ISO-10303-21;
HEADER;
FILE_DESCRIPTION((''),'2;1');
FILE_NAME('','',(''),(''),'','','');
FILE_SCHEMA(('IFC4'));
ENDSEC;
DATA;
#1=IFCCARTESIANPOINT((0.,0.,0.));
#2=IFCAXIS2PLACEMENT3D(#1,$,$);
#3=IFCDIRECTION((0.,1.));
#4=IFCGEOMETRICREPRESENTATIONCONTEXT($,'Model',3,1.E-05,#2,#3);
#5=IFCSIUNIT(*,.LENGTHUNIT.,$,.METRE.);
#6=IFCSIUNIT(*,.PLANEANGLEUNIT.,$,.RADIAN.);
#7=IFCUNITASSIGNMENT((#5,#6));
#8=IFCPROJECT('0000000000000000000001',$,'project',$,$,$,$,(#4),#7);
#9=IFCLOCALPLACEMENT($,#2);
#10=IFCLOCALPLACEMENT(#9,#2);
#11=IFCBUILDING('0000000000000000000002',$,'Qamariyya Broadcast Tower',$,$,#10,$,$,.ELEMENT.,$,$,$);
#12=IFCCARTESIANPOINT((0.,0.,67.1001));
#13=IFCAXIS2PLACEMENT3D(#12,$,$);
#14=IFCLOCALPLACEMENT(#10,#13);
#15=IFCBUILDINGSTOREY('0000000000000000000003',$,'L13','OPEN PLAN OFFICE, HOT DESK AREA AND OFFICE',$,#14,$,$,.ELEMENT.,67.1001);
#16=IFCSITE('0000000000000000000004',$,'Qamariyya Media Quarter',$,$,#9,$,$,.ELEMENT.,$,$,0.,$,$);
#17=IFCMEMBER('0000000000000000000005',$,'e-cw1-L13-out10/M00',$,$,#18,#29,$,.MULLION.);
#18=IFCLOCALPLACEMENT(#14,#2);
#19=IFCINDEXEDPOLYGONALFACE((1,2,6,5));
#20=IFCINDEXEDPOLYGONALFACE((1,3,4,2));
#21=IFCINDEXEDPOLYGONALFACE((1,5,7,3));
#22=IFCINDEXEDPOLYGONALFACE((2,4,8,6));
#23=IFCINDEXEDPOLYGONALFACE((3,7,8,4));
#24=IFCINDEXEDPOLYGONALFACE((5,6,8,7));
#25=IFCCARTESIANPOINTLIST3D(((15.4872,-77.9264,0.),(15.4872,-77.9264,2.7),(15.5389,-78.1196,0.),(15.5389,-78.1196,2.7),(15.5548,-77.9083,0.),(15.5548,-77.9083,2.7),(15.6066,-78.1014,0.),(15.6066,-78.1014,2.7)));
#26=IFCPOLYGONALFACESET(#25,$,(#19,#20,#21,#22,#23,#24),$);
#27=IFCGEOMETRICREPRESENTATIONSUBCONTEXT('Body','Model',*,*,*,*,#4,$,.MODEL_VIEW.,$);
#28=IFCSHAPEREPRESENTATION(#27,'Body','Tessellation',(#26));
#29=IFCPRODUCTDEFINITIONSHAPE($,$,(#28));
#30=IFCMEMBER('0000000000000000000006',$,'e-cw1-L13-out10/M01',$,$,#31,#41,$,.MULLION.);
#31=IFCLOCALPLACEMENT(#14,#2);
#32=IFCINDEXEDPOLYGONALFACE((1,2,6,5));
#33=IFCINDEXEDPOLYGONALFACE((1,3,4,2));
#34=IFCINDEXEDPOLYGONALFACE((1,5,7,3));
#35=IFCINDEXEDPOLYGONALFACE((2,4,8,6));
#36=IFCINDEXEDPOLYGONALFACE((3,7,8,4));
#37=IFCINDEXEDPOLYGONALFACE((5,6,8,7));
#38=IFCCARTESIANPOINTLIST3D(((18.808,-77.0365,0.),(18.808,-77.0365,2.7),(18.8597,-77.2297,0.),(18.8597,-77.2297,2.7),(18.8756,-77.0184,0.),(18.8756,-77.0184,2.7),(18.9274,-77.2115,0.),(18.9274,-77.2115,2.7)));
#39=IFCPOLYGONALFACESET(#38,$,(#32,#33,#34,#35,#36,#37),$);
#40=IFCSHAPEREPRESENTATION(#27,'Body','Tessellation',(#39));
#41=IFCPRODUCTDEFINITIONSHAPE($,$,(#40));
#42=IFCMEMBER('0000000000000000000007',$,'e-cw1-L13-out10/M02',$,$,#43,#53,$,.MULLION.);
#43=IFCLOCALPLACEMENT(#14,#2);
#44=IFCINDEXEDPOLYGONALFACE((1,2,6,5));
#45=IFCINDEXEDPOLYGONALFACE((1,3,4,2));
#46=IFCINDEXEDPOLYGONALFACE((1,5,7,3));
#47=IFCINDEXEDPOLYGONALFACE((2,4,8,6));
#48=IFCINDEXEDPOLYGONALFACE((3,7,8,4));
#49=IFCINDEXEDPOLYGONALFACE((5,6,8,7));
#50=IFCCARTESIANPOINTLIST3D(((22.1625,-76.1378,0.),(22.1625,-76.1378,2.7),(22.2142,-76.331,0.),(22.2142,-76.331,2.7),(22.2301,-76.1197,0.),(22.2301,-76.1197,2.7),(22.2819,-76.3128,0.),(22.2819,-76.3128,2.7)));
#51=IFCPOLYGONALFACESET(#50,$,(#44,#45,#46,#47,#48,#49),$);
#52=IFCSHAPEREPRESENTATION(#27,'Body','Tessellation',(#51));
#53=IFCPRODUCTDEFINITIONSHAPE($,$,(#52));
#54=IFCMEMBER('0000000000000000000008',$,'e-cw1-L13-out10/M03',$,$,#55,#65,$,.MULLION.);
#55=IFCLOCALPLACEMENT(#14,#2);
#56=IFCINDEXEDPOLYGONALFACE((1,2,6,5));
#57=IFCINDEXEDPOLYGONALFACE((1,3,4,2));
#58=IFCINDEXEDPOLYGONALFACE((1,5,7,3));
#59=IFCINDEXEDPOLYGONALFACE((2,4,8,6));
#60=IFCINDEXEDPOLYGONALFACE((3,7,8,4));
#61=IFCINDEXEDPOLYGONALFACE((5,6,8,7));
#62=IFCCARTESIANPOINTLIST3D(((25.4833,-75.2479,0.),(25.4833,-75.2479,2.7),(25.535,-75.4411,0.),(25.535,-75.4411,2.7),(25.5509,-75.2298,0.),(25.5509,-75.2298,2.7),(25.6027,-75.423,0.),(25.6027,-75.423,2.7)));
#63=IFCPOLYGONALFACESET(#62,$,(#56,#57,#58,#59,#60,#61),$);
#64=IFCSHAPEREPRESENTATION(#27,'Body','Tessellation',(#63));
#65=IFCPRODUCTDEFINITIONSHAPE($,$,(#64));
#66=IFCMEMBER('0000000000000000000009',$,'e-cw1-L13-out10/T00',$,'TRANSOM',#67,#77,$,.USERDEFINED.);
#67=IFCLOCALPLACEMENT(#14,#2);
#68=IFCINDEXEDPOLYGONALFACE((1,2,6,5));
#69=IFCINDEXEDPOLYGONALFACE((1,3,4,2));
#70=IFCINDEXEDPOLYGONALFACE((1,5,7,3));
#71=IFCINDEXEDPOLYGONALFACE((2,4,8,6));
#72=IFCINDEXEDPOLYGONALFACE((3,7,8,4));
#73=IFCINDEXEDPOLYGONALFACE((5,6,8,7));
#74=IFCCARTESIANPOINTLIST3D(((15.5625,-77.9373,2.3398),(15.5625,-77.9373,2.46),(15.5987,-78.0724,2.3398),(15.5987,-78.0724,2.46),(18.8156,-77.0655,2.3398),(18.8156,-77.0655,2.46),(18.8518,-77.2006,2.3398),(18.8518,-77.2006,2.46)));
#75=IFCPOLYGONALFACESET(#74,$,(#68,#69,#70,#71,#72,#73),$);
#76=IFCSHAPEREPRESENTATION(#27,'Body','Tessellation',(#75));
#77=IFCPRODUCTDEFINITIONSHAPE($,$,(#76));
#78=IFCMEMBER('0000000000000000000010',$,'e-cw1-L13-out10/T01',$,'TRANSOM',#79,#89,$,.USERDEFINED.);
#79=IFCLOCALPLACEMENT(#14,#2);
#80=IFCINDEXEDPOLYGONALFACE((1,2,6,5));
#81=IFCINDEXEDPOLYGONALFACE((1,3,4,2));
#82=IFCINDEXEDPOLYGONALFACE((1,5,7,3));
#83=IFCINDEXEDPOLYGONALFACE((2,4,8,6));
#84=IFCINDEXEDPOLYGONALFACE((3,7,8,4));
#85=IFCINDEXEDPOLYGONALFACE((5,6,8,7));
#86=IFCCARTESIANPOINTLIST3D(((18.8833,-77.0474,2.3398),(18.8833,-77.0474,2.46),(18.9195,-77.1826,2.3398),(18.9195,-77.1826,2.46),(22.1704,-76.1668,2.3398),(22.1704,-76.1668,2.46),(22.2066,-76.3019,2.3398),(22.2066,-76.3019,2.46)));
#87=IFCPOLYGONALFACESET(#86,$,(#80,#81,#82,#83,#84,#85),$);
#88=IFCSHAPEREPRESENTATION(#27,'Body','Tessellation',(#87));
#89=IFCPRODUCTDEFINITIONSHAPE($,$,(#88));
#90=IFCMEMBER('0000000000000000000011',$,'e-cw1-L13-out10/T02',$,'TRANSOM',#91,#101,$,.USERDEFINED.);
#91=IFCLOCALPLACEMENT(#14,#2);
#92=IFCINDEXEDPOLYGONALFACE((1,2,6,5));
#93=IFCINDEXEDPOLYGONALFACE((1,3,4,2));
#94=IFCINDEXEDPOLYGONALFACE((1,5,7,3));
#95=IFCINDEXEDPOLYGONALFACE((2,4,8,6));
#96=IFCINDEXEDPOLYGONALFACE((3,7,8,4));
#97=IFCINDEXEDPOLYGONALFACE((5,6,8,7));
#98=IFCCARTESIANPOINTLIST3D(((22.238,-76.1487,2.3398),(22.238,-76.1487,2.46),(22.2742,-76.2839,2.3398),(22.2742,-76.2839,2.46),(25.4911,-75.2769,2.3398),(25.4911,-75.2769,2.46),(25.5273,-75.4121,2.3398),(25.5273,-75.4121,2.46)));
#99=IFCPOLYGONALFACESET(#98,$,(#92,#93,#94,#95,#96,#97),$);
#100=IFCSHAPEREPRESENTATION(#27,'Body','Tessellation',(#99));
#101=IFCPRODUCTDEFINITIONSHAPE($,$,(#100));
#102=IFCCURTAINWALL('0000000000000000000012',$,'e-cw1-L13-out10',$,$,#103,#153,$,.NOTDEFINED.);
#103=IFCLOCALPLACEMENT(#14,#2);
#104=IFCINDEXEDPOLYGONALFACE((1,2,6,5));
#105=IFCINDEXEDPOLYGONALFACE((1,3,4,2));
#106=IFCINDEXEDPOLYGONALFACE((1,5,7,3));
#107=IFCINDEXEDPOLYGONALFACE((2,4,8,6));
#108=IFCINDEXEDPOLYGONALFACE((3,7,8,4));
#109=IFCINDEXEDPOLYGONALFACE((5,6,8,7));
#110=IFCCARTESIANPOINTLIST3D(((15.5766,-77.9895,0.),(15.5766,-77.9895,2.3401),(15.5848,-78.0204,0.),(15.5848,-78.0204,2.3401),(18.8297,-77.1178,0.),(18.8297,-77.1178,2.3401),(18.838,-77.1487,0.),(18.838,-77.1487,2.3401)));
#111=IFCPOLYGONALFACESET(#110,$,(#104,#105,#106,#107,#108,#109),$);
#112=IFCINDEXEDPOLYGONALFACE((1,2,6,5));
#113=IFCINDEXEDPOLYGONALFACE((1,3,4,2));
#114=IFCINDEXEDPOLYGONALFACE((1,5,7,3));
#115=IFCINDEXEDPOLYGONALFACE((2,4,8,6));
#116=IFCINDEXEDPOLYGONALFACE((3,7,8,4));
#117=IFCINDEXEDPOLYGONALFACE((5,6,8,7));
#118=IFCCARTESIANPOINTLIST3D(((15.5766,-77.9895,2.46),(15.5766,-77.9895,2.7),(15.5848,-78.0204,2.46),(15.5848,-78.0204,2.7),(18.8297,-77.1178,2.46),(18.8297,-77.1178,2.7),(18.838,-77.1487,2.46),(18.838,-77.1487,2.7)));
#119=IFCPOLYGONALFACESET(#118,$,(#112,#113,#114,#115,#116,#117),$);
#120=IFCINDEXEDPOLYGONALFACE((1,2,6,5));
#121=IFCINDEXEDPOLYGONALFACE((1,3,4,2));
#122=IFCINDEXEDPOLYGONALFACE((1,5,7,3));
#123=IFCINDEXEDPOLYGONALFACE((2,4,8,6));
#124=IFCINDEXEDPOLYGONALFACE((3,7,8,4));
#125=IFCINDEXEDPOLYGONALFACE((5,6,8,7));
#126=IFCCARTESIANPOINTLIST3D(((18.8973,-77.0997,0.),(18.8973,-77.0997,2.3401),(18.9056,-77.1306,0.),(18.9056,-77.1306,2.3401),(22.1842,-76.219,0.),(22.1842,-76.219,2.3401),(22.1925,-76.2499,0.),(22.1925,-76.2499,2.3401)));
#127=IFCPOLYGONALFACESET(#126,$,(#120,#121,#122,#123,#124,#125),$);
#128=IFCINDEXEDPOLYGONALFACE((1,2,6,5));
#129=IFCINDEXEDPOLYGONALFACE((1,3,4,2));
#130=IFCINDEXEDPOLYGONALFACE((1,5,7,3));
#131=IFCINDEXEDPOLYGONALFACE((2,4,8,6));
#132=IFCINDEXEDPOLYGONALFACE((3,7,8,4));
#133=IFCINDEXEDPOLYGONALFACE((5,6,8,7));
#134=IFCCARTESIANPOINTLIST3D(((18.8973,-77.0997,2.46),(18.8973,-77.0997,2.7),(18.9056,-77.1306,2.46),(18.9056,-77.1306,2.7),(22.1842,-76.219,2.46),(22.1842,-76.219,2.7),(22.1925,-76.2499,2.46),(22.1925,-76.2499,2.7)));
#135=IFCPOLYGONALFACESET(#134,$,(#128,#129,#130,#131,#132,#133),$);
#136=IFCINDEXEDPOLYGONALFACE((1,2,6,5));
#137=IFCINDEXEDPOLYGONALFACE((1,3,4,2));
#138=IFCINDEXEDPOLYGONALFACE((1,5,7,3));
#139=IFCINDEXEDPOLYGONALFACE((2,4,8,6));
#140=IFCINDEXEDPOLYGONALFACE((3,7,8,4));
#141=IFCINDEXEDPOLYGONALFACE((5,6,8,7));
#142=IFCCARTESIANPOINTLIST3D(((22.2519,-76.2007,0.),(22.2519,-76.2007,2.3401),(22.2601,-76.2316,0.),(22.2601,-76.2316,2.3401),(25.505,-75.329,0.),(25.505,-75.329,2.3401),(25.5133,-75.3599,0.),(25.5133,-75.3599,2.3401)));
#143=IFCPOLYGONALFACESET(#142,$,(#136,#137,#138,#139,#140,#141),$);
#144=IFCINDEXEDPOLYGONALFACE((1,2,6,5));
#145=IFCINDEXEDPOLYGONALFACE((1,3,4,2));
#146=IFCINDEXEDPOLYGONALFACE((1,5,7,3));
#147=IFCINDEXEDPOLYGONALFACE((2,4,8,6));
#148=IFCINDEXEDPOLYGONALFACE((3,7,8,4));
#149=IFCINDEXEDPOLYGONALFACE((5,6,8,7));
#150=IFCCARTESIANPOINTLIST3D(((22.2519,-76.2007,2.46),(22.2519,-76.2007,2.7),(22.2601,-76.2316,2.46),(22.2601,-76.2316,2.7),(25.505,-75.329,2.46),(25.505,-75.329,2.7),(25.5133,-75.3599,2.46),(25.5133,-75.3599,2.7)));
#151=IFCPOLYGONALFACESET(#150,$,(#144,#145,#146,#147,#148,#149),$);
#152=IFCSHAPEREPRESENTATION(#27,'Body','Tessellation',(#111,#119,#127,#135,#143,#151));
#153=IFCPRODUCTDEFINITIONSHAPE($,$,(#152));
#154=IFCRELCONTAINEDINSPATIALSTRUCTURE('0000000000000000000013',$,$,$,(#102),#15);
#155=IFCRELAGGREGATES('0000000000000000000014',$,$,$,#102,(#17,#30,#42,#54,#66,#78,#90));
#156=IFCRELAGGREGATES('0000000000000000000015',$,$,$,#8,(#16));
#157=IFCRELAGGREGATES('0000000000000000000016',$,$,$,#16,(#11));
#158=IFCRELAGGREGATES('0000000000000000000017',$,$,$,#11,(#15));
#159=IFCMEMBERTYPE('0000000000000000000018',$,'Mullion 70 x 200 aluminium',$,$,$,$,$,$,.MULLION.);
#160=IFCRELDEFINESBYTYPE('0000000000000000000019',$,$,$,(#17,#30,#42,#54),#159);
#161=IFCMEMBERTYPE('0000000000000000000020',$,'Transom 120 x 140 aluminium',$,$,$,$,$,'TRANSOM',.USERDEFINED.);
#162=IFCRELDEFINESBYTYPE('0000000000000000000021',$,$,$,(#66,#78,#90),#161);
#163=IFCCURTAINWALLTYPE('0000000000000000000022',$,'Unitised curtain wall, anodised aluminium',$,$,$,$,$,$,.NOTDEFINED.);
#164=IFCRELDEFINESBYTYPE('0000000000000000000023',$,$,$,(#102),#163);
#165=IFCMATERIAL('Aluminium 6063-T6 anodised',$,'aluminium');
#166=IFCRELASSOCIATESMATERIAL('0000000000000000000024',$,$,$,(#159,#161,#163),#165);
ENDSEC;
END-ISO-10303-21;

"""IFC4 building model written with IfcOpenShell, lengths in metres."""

from ifc_helpers import new_model, si_unit, direction, frame, origin, origin_2d, place, context, subcontext, project, spatial, rectangle, extrude, material, material_profile, profile_set, type_object, element, aggregate, save


model = new_model("IFC4")

# Units and contexts
model_context = context("Model", 3, precision=1e-05, world=origin(), true_north=direction((0.0, 1.0)))
body_context = subcontext(model_context, "Body", "Model", "MODEL_VIEW")
ifc_project = project(units=[si_unit("LENGTHUNIT", "METRE"), si_unit("PLANEANGLEUNIT", "RADIAN")], contexts=[model_context])

# Members
ifc_material = material(Name="Aluminium 6063-T6 anodised", Category="aluminium")
ifc_material_profile_1 = material_profile(ifc_material, rectangle(XDim=0.2, YDim=0.0701, at=origin_2d()))
ifc_profile_set_1 = profile_set([ifc_material_profile_1], Name="Aluminium 6063-T6 anodised")
member_type_1 = type_object("IfcMemberType", Name="Mullion 70 x 200 aluminium", PredefinedType="MULLION", material=ifc_profile_set_1)
site_placement = place(None, origin())
building_placement = place(site_placement, origin())
storey_placement = place(building_placement, frame((0.0, 0.0, 67.1001)))
member_1_placement = place(storey_placement, frame((15.5469, -78.0139, 0.0), z_axis=(0.0, 0.0, 1.0), x_axis=(-0.258819, 0.965926, 0.0)))
member_1 = element("IfcMember", 1, at=member_1_placement, type_object=member_type_1, Name="e-cw1-L13-out10/M00", PredefinedType="MULLION", context=body_context, shape_type="SweptSolid", body=[
    extrude(rectangle(XDim=0.2, YDim=0.0701, at=origin_2d()), origin(), (0.0, 0.0, 1.0), 2.7),
])
member_2_placement = place(storey_placement, frame((18.8677, -77.124, 0.0), z_axis=(0.0, 0.0, 1.0), x_axis=(-0.258819, 0.965926, 0.0)))
member_2 = element("IfcMember", 2, at=member_2_placement, type_object=member_type_1, Name="e-cw1-L13-out10/M01", PredefinedType="MULLION", context=body_context, shape_type="SweptSolid", body=[
    extrude(rectangle(XDim=0.2, YDim=0.0701, at=origin_2d()), origin(), (0.0, 0.0, 1.0), 2.7),
])
member_3_placement = place(storey_placement, frame((22.2222, -76.2253, 0.0), z_axis=(0.0, 0.0, 1.0), x_axis=(-0.258819, 0.965926, 0.0)))
member_3 = element("IfcMember", 3, at=member_3_placement, type_object=member_type_1, Name="e-cw1-L13-out10/M02", PredefinedType="MULLION", context=body_context, shape_type="SweptSolid", body=[
    extrude(rectangle(XDim=0.2, YDim=0.0701, at=origin_2d()), origin(), (0.0, 0.0, 1.0), 2.7),
])
member_4_placement = place(storey_placement, frame((25.543, -75.3354, 0.0), z_axis=(0.0, 0.0, 1.0), x_axis=(-0.258819, 0.965926, 0.0)))
member_4 = element("IfcMember", 4, at=member_4_placement, type_object=member_type_1, Name="e-cw1-L13-out10/M03", PredefinedType="MULLION", context=body_context, shape_type="SweptSolid", body=[
    extrude(rectangle(XDim=0.2, YDim=0.0701, at=origin_2d()), origin(), (0.0, 0.0, 1.0), 2.7),
])
ifc_material_profile_2 = material_profile(ifc_material, rectangle(XDim=0.1399, YDim=0.1201, at=origin_2d()))
ifc_profile_set_2 = profile_set([ifc_material_profile_2], Name="Aluminium 6063-T6 anodised")
member_type_2 = type_object("IfcMemberType", Name="Transom 120 x 140 aluminium", ElementType="TRANSOM", PredefinedType="USERDEFINED", material=ifc_profile_set_2)
member_5_placement = place(storey_placement, frame((15.5806, -78.0049, 2.3999), z_axis=(0.965915, 0.258858, 0.0), x_axis=(-0.258858, 0.965915, 0.0)))
member_5 = element("IfcMember", 5, at=member_5_placement, type_object=member_type_2, Name="e-cw1-L13-out10/T00", ObjectType="TRANSOM", PredefinedType="USERDEFINED", context=body_context, shape_type="SweptSolid", body=[
    extrude(rectangle(XDim=0.1399, YDim=0.1201, at=origin_2d()), origin(), (0.0, 0.0, 1.0), 3.3679),
])
member_6_placement = place(storey_placement, frame((18.9014, -77.115, 2.3999), z_axis=(0.965938, 0.258774, 0.0), x_axis=(-0.258774, 0.965938, 0.0)))
member_6 = element("IfcMember", 6, at=member_6_placement, type_object=member_type_2, Name="e-cw1-L13-out10/T01", ObjectType="TRANSOM", PredefinedType="USERDEFINED", context=body_context, shape_type="SweptSolid", body=[
    extrude(rectangle(XDim=0.1399, YDim=0.1201, at=origin_2d()), origin(), (0.0, 0.0, 1.0), 3.4031),
])
member_7_placement = place(storey_placement, frame((22.2561, -76.2163, 2.3999), z_axis=(0.965915, 0.258858, 0.0), x_axis=(-0.258858, 0.965915, 0.0)))
member_7 = element("IfcMember", 7, at=member_7_placement, type_object=member_type_2, Name="e-cw1-L13-out10/T02", ObjectType="TRANSOM", PredefinedType="USERDEFINED", context=body_context, shape_type="SweptSolid", body=[
    extrude(rectangle(XDim=0.1399, YDim=0.1201, at=origin_2d()), origin(), (0.0, 0.0, 1.0), 3.3679),
])

# Site, building, storey
site = spatial("IfcSite", under=ifc_project, at=site_placement, Name="Qamariyya Media Quarter", CompositionType="ELEMENT", RefElevation=0.0)
building = spatial("IfcBuilding", under=site, at=building_placement, Name="Qamariyya Broadcast Tower", CompositionType="ELEMENT")
storey = spatial("IfcBuildingStorey", under=building, at=storey_placement, Name="L13", Description="OPEN PLAN OFFICE, HOT DESK AREA AND OFFICE", CompositionType="ELEMENT", Elevation=67.1001)

# Curtain wall
curtain_wall_type = type_object("IfcCurtainWallType", Name="Unitised curtain wall, anodised aluminium", PredefinedType="NOTDEFINED", material=ifc_material)
curtain_wall_1_placement = place(storey_placement, origin())
curtain_wall_1 = element("IfcCurtainWall", 8, at=curtain_wall_1_placement, inside=storey, type_object=curtain_wall_type, Name="e-cw1-L13-out10", PredefinedType="NOTDEFINED", context=body_context, shape_type="SweptSolid", body=[
    extrude(rectangle(XDim=3.3679, YDim=0.032, at=origin_2d()), frame((17.2073, -77.5691, 0.0), x_axis=(0.965925, 0.258822, 0.0)), (0.0, 0.0, 1.0), 2.3401),
    extrude(rectangle(XDim=3.3679, YDim=0.032, at=origin_2d()), frame((17.2073, -77.5691, 2.46), x_axis=(0.965925, 0.258822, 0.0)), (0.0, 0.0, 1.0), 0.24),
    extrude(rectangle(XDim=3.4028, YDim=0.032, at=origin_2d()), frame((20.5449, -76.6748, 0.0), x_axis=(0.965925, 0.258822, 0.0)), (0.0, 0.0, 1.0), 2.3401),
    extrude(rectangle(XDim=3.4028, YDim=0.032, at=origin_2d()), frame((20.5449, -76.6748, 2.46), x_axis=(0.965925, 0.258822, 0.0)), (0.0, 0.0, 1.0), 0.24),
    extrude(rectangle(XDim=3.3679, YDim=0.032, at=origin_2d()), frame((23.8826, -75.7803, 0.0), x_axis=(0.965925, 0.258822, 0.0)), (0.0, 0.0, 1.0), 2.3401),
    extrude(rectangle(XDim=3.3679, YDim=0.032, at=origin_2d()), frame((23.8826, -75.7803, 2.46), x_axis=(0.965925, 0.258822, 0.0)), (0.0, 0.0, 1.0), 0.24),
])
aggregate(curtain_wall_1, [member_1, member_2, member_3, member_4, member_5, member_6, member_7])

save(model, "model.ifc")
